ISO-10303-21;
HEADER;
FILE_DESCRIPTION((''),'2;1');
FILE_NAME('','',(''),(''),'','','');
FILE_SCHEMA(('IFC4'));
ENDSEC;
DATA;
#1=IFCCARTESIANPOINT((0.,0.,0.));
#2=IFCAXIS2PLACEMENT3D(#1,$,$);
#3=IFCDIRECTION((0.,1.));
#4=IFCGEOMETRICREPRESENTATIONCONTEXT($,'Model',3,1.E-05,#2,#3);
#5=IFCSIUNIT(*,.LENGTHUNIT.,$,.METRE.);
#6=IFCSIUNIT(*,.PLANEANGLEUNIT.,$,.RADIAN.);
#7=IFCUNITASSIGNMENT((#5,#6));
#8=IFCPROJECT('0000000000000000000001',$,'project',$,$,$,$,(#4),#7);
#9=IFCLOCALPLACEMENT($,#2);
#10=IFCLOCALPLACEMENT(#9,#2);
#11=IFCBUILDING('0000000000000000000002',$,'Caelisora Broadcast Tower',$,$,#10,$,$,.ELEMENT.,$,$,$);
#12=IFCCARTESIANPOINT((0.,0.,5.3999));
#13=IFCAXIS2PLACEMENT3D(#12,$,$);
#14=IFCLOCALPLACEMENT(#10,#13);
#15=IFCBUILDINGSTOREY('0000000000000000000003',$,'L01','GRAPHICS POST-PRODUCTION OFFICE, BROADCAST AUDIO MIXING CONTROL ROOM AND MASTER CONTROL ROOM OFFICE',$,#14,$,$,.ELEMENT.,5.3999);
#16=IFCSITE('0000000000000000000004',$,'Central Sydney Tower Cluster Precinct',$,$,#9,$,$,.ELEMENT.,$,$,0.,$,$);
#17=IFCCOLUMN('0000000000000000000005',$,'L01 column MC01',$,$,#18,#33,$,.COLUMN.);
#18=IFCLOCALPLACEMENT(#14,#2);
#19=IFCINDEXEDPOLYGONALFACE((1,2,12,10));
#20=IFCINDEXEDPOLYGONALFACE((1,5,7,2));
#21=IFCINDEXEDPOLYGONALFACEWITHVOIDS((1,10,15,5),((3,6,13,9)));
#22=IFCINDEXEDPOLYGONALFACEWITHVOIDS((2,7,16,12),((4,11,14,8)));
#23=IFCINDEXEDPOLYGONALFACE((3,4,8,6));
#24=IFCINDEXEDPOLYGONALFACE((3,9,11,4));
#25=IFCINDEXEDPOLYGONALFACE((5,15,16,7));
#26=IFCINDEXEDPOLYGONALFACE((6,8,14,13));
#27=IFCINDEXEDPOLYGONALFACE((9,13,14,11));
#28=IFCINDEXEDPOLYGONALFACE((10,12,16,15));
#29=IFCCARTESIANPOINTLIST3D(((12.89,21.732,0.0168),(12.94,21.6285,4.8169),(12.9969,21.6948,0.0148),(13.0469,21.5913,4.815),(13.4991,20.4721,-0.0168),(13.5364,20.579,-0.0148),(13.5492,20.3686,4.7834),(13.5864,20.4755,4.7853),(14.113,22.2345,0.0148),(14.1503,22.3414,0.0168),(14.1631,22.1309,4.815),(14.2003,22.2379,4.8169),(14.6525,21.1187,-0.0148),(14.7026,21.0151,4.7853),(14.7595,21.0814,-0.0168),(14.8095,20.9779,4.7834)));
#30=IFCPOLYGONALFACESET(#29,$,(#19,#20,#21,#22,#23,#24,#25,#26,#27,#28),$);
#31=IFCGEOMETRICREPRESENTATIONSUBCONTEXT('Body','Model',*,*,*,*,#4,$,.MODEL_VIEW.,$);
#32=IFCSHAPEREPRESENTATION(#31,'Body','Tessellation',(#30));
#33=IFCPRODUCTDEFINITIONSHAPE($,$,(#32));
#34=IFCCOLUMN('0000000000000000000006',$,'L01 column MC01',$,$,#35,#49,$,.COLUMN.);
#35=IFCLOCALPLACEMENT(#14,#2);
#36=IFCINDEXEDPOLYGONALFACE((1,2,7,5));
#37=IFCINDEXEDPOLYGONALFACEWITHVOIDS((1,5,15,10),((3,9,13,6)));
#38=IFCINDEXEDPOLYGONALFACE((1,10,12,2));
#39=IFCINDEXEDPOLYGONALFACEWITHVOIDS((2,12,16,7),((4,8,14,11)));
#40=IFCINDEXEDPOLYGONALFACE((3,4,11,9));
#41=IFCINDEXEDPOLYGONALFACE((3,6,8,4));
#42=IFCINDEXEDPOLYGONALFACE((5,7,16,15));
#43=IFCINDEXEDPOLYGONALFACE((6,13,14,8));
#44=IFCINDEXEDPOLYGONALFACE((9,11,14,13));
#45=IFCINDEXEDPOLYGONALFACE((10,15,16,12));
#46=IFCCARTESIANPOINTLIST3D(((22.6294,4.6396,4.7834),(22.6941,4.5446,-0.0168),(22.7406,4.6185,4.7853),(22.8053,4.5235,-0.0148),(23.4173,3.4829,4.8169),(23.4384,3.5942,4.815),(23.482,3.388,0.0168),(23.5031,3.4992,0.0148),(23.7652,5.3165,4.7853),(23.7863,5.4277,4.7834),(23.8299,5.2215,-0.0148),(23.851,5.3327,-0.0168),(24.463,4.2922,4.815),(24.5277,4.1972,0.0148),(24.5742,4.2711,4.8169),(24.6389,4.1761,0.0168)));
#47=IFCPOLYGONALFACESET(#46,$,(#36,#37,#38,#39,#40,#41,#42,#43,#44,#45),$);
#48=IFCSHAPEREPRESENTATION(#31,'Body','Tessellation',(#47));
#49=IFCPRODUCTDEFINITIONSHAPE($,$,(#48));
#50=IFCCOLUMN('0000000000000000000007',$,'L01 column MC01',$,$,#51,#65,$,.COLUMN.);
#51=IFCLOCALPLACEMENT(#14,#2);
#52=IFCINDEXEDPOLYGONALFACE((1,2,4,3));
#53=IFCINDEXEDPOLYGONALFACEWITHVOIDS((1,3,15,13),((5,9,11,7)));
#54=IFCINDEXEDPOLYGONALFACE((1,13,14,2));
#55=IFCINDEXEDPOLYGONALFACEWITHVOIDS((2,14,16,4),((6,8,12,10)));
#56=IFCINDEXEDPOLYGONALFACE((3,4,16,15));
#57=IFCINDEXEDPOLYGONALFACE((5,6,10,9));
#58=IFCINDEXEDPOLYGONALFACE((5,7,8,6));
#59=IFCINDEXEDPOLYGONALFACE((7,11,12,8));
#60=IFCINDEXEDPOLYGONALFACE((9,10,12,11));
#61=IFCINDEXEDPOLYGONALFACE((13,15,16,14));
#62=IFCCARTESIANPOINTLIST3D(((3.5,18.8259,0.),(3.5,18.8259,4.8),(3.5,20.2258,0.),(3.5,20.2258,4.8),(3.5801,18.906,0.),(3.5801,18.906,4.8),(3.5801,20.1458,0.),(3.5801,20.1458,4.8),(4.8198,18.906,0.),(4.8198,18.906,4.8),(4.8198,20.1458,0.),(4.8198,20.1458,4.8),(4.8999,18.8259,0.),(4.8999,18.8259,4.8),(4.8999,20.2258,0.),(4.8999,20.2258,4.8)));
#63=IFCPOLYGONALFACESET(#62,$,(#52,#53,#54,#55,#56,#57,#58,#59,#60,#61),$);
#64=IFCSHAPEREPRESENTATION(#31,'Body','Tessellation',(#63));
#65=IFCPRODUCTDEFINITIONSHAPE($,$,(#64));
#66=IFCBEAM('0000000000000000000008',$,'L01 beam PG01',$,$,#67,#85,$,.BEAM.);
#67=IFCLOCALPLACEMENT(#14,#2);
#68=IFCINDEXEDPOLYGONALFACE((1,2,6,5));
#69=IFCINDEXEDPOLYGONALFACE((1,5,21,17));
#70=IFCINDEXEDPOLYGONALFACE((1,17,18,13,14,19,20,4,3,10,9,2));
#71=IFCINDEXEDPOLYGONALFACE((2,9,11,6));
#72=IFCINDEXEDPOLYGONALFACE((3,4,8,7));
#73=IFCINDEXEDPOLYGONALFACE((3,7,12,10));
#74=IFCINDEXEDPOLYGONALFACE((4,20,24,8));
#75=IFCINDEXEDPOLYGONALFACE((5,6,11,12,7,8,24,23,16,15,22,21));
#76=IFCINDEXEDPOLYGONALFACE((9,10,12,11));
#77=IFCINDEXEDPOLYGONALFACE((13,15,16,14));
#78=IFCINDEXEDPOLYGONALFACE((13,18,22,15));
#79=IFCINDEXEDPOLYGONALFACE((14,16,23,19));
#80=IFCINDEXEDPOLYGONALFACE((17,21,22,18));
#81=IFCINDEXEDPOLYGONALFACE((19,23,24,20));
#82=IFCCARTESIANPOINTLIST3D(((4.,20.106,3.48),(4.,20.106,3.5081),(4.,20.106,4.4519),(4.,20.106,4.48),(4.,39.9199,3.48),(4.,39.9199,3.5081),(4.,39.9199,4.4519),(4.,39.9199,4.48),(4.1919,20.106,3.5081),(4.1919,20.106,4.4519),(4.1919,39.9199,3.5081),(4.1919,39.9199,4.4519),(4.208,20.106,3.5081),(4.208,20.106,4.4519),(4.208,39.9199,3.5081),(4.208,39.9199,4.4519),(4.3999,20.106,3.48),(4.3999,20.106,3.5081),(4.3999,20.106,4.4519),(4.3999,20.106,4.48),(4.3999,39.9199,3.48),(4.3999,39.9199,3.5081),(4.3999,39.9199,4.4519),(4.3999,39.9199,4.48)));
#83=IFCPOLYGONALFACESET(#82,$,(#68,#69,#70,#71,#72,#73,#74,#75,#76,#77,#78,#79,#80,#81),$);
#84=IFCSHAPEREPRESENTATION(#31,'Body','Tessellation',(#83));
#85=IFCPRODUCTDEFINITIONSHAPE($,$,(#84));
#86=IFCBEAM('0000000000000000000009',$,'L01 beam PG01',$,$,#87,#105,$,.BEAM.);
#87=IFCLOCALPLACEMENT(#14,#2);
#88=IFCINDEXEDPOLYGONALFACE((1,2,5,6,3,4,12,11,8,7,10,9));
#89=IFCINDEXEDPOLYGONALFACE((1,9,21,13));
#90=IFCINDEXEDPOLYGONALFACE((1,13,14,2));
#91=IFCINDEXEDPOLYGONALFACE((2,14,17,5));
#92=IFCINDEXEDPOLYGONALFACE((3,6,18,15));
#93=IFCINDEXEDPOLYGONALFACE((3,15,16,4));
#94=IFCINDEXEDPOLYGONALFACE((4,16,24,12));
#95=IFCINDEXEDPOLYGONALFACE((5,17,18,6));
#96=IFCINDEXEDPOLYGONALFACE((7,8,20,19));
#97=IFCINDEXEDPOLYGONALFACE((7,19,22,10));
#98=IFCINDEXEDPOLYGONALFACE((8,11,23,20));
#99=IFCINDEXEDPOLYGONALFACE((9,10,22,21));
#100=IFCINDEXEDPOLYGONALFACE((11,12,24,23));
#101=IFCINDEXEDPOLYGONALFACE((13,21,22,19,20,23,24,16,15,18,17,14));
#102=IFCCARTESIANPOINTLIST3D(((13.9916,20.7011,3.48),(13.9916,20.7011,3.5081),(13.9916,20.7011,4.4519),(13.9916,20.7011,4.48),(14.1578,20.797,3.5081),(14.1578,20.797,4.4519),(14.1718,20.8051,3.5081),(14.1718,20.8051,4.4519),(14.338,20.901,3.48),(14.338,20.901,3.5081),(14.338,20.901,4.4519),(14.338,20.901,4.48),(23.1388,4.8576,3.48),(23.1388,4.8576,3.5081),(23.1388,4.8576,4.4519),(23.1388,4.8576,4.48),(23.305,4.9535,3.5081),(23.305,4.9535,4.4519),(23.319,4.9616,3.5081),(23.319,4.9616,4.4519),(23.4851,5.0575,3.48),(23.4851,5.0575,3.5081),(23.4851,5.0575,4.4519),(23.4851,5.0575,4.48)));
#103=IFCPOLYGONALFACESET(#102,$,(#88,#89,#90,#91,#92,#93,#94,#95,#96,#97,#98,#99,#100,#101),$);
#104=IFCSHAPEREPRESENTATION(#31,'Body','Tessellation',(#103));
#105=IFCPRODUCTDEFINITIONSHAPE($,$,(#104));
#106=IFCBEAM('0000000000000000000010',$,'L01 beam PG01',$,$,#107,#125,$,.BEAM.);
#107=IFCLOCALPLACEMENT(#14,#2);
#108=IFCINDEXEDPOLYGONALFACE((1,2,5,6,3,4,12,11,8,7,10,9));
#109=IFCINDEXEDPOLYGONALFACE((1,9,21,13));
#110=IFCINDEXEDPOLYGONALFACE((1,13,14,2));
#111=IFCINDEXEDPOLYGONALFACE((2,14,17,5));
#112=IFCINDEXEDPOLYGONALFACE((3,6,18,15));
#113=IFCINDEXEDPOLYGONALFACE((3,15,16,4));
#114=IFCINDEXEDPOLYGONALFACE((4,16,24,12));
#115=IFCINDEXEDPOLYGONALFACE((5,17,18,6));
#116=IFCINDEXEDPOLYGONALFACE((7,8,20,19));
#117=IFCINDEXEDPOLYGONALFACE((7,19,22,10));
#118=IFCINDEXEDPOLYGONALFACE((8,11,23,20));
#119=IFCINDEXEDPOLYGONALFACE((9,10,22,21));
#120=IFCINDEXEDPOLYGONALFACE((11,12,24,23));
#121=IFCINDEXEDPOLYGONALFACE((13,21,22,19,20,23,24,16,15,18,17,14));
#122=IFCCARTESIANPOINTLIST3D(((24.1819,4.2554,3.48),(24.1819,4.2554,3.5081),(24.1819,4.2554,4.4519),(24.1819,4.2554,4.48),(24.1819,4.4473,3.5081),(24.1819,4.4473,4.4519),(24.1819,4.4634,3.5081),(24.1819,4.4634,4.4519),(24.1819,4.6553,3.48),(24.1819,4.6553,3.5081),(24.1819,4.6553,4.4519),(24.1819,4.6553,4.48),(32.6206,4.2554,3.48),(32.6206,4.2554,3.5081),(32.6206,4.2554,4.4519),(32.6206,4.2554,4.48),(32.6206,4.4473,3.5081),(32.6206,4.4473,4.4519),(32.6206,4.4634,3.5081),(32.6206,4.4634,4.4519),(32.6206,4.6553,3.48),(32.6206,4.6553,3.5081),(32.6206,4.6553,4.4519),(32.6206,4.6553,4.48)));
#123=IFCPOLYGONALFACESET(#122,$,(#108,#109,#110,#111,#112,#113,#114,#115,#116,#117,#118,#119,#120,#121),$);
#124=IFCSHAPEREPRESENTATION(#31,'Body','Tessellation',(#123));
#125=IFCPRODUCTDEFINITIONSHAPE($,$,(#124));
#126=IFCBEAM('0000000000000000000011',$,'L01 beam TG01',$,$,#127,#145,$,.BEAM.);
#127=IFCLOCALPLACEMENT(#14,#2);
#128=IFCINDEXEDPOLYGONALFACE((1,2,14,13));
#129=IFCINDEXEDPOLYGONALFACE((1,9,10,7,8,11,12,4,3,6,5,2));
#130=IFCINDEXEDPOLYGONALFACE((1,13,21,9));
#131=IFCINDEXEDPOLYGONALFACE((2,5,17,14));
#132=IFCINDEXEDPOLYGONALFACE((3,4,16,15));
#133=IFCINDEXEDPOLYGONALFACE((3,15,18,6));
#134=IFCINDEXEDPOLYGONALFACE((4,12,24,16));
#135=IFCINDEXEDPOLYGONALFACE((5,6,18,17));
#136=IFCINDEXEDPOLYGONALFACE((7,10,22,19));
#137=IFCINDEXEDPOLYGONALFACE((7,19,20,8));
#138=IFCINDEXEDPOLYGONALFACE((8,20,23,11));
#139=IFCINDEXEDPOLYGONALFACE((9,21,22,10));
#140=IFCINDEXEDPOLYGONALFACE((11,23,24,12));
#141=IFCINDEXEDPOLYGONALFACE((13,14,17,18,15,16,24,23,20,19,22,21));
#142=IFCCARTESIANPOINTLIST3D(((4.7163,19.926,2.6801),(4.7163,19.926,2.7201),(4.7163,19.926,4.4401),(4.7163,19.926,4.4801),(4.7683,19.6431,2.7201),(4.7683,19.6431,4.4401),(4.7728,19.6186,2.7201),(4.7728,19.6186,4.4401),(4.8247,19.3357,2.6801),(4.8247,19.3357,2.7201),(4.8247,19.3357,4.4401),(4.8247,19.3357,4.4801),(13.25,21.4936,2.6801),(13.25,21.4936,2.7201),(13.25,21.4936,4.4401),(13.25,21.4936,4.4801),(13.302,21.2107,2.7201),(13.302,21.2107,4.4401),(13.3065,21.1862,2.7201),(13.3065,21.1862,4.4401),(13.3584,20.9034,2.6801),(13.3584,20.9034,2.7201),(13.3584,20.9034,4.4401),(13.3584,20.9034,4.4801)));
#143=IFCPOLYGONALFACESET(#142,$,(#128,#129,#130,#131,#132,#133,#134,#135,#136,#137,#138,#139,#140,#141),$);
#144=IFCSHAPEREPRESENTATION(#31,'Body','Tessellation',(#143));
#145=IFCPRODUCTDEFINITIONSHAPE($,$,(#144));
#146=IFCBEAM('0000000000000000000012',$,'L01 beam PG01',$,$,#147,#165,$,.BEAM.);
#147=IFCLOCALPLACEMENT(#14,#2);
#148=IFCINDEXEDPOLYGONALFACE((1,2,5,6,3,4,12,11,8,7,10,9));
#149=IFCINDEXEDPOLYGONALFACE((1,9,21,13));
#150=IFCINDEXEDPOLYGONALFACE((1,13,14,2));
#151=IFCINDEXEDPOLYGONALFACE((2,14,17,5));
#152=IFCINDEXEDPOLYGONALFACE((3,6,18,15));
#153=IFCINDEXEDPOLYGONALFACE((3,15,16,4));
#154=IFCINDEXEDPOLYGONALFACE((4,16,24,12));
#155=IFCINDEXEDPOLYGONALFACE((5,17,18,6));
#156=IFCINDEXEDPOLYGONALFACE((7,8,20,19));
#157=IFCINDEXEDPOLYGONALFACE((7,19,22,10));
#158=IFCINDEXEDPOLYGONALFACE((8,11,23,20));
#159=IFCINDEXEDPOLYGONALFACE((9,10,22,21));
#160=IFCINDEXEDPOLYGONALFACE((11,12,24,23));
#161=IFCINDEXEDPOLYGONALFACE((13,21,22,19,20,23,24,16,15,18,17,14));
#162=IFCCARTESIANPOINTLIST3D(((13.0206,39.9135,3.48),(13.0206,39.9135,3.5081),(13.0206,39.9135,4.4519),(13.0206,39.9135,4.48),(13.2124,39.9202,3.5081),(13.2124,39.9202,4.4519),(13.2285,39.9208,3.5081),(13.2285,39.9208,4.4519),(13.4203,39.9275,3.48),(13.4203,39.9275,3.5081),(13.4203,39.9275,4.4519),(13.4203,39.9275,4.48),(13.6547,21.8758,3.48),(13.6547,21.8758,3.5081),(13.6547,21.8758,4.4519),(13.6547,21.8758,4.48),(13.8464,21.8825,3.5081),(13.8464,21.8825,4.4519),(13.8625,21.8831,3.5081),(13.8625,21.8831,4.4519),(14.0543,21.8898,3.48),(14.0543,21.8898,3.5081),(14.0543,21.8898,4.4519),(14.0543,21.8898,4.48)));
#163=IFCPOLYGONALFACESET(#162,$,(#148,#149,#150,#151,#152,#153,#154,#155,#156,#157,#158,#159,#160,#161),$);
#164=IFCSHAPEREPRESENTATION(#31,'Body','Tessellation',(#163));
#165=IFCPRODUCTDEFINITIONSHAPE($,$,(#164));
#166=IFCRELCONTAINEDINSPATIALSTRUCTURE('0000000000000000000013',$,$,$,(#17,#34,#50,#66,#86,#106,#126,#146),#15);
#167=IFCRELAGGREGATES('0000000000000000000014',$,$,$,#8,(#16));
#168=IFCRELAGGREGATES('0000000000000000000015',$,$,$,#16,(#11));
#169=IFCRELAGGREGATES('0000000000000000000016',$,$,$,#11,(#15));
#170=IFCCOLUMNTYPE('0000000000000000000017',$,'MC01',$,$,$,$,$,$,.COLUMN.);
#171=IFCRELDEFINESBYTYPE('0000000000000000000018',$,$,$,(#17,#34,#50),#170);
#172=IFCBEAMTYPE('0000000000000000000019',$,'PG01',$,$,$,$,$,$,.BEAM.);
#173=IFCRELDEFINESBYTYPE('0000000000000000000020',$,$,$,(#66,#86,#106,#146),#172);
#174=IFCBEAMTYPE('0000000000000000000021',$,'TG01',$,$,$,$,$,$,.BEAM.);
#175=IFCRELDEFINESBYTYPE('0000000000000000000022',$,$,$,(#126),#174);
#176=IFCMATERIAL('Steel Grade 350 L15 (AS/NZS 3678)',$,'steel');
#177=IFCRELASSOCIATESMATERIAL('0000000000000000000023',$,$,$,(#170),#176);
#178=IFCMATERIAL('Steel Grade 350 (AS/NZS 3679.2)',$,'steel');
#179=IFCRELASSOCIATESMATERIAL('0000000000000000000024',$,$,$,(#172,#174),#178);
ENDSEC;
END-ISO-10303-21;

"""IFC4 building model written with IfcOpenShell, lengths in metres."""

from ifc_helpers import new_model, si_unit, direction, frame, origin, origin_2d, place, context, subcontext, project, spatial, hollow_rectangle, i_section, extrude, source, transform, mapped, material, material_profile, profile_set, type_object, type_shapes, element, save


model = new_model("IFC4")

# Units and contexts
model_context = context("Model", 3, precision=1e-05, world=origin(), true_north=direction((0.0, 1.0)))
body_context = subcontext(model_context, "Body", "Model", "MODEL_VIEW")
ifc_project = project(units=[si_unit("LENGTHUNIT", "METRE"), si_unit("PLANEANGLEUNIT", "RADIAN")], contexts=[model_context])

# Site, building, storey
site_placement = place(None, origin())
site = spatial("IfcSite", under=ifc_project, at=site_placement, Name="Central Sydney Tower Cluster Precinct", CompositionType="ELEMENT", RefElevation=0.0)
building_placement = place(site_placement, origin())
building = spatial("IfcBuilding", under=site, at=building_placement, Name="Caelisora Broadcast Tower", CompositionType="ELEMENT")
storey_placement = place(building_placement, frame((0.0, 0.0, 5.3999)))
storey = spatial("IfcBuildingStorey", under=building, at=storey_placement, Name="L01", Description="GRAPHICS POST-PRODUCTION OFFICE, BROADCAST AUDIO MIXING CONTROL ROOM AND MASTER CONTROL ROOM OFFICE", CompositionType="ELEMENT", Elevation=5.3999)

# Columns
ifc_material_1 = material(Name="Steel Grade 350 L15 (AS/NZS 3678)", Category="steel")
ifc_material_profile_1 = material_profile(ifc_material_1, hollow_rectangle(XDim=1.3999, YDim=1.3999, WallThickness=0.0801, at=origin_2d()), Name="Steel Grade 350 L15 (AS/NZS 3678)")
ifc_profile_set_1 = profile_set([ifc_material_profile_1], Name="Steel Grade 350 L15 (AS/NZS 3678)")
column_type = type_object("IfcColumnType", Name="MC01", PredefinedType="COLUMN", material=ifc_profile_set_1)
shared_shape_1 = source(origin(), body_context, "Body", "SweptSolid", [
    extrude(hollow_rectangle(XDim=1.3999, YDim=1.3999, WallThickness=0.0801, at=origin_2d()), origin(), (0.0, 0.0, 1.0), 4.8015),
])
for number, where, z_axis, x_axis, name in (
    (1, (13.8247, 21.4067, 0.0), (0.010424, -0.021559, 0.999713), (0.900293, 0.435283, 0.0), "L01 column MC01"),
    (2, (23.6665, 4.3604, 0.0), (-0.013475, 0.01978, 0.999714), (-0.826452, -0.563007, 0.0), "L01 column MC01"),
):
    element("IfcColumn", number, at=place(storey_placement, frame(where, z_axis=z_axis, x_axis=x_axis)), inside=storey, type_object=column_type, Name=name, PredefinedType="COLUMN", context=body_context, shape_type="MappedRepresentation", body=[
        mapped(shared_shape_1, transform((0.0, 0.0, 0.0), scale=1.0)),
    ])
shared_shape_2 = source(origin(), body_context, "Body", "SweptSolid", [
    extrude(hollow_rectangle(XDim=1.3999, YDim=1.3999, WallThickness=0.0801, at=origin_2d()), origin(), (0.0, 0.0, 1.0), 4.8),
])
type_shapes(column_type, [shared_shape_1, shared_shape_2])
column_placement = place(storey_placement, frame((4.2, 19.5259, 0.0), z_axis=(0.0, 0.0, 1.0), x_axis=(1.0, 0.0, 0.0)))
element("IfcColumn", 3, at=column_placement, inside=storey, type_object=column_type, Name="L01 column MC01", PredefinedType="COLUMN", context=body_context, shape_type="MappedRepresentation", body=[
    mapped(shared_shape_2, transform((0.0, 0.0, 0.0), scale=1.0)),
])

# Beams
ifc_material_2 = material(Name="Steel Grade 350 (AS/NZS 3679.2)", Category="steel")
ifc_material_profile_2 = material_profile(ifc_material_2, i_section(OverallWidth=0.3999, OverallDepth=1.0, WebThickness=0.0161, FlangeThickness=0.0281, at=origin_2d()), Name="Steel Grade 350 (AS/NZS 3679.2)")
ifc_profile_set_2 = profile_set([ifc_material_profile_2], Name="Steel Grade 350 (AS/NZS 3679.2)")
beam_type_1 = type_object("IfcBeamType", Name="PG01", PredefinedType="BEAM", material=ifc_profile_set_2)
shared_shape_3 = source(origin(), body_context, "Body", "SweptSolid", [
    extrude(i_section(OverallWidth=0.3999, OverallDepth=1.0, WebThickness=0.0161, FlangeThickness=0.0281, at=origin_2d()), origin(), (0.0, 0.0, 1.0), 19.814),
])
beam_1_placement = place(storey_placement, frame((4.2, 20.106, 3.98), z_axis=(0.0, 1.0, 0.0), x_axis=(-1.0, 0.0, 0.0)))
element("IfcBeam", 4, at=beam_1_placement, inside=storey, type_object=beam_type_1, Name="L01 beam PG01", PredefinedType="BEAM", context=body_context, shape_type="MappedRepresentation", body=[
    mapped(shared_shape_3, transform((0.0, 0.0, 0.0), scale=1.0)),
])
shared_shape_4 = source(origin(), body_context, "Body", "SweptSolid", [
    extrude(i_section(OverallWidth=0.3999, OverallDepth=1.0, WebThickness=0.0161, FlangeThickness=0.0281, at=origin_2d()), origin(), (0.0, 0.0, 1.0), 18.2944),
])
beam_2_placement = place(storey_placement, frame((14.1648, 20.801, 3.98), z_axis=(0.499999, -0.866026, 0.0), x_axis=(0.866026, 0.499999, 0.0)))
element("IfcBeam", 5, at=beam_2_placement, inside=storey, type_object=beam_type_1, Name="L01 beam PG01", PredefinedType="BEAM", context=body_context, shape_type="MappedRepresentation", body=[
    mapped(shared_shape_4, transform((0.0, 0.0, 0.0), scale=1.0)),
])
shared_shape_5 = source(origin(), body_context, "Body", "SweptSolid", [
    extrude(i_section(OverallWidth=0.3999, OverallDepth=1.0, WebThickness=0.0161, FlangeThickness=0.0281, at=origin_2d()), origin(), (0.0, 0.0, 1.0), 8.4387),
])
beam_3_placement = place(storey_placement, frame((24.1819, 4.4553, 3.98), z_axis=(1.0, 0.0, 0.0), x_axis=(0.0, 1.0, 0.0)))
element("IfcBeam", 6, at=beam_3_placement, inside=storey, type_object=beam_type_1, Name="L01 beam PG01", PredefinedType="BEAM", context=body_context, shape_type="MappedRepresentation", body=[
    mapped(shared_shape_5, transform((0.0, 0.0, 0.0), scale=1.0)),
])
ifc_material_profile_3 = material_profile(ifc_material_2, i_section(OverallWidth=0.6001, OverallDepth=1.8, WebThickness=0.0249, FlangeThickness=0.04, at=origin_2d()), Name="Steel Grade 350 (AS/NZS 3679.2)")
ifc_profile_set_3 = profile_set([ifc_material_profile_3], Name="Steel Grade 350 (AS/NZS 3679.2)")
beam_type_2 = type_object("IfcBeamType", Name="TG01", PredefinedType="BEAM", material=ifc_profile_set_3)
shared_shape_6 = source(origin(), body_context, "Body", "SweptSolid", [
    extrude(i_section(OverallWidth=0.6001, OverallDepth=1.8, WebThickness=0.0249, FlangeThickness=0.04, at=origin_2d()), origin(), (0.0, 0.0, 1.0), 8.6765),
])
type_shapes(beam_type_2, [shared_shape_6])
beam_4_placement = place(storey_placement, frame((4.7705, 19.6309, 3.5801), z_axis=(0.983543, 0.180675, 0.0), x_axis=(-0.180675, 0.983543, 0.0)))
element("IfcBeam", 7, at=beam_4_placement, inside=storey, type_object=beam_type_2, Name="L01 beam TG01", PredefinedType="BEAM", context=body_context, shape_type="MappedRepresentation", body=[
    mapped(shared_shape_6, transform((0.0, 0.0, 0.0), scale=1.0)),
])
shared_shape_7 = source(origin(), body_context, "Body", "SweptSolid", [
    extrude(i_section(OverallWidth=0.3999, OverallDepth=1.0, WebThickness=0.0161, FlangeThickness=0.0281, at=origin_2d()), origin(), (0.0, 0.0, 1.0), 18.0488),
])
type_shapes(beam_type_1, [shared_shape_3, shared_shape_4, shared_shape_5, shared_shape_7])
beam_5_placement = place(storey_placement, frame((13.8545, 21.8828, 3.98), z_axis=(-0.035129, 0.999383, 0.0), x_axis=(-0.999383, -0.035129, 0.0)))
element("IfcBeam", 8, at=beam_5_placement, inside=storey, type_object=beam_type_1, Name="L01 beam PG01", PredefinedType="BEAM", context=body_context, shape_type="MappedRepresentation", body=[
    mapped(shared_shape_7, transform((0.0, 0.0, 0.0), scale=1.0)),
])

save(model, "model.ifc")
